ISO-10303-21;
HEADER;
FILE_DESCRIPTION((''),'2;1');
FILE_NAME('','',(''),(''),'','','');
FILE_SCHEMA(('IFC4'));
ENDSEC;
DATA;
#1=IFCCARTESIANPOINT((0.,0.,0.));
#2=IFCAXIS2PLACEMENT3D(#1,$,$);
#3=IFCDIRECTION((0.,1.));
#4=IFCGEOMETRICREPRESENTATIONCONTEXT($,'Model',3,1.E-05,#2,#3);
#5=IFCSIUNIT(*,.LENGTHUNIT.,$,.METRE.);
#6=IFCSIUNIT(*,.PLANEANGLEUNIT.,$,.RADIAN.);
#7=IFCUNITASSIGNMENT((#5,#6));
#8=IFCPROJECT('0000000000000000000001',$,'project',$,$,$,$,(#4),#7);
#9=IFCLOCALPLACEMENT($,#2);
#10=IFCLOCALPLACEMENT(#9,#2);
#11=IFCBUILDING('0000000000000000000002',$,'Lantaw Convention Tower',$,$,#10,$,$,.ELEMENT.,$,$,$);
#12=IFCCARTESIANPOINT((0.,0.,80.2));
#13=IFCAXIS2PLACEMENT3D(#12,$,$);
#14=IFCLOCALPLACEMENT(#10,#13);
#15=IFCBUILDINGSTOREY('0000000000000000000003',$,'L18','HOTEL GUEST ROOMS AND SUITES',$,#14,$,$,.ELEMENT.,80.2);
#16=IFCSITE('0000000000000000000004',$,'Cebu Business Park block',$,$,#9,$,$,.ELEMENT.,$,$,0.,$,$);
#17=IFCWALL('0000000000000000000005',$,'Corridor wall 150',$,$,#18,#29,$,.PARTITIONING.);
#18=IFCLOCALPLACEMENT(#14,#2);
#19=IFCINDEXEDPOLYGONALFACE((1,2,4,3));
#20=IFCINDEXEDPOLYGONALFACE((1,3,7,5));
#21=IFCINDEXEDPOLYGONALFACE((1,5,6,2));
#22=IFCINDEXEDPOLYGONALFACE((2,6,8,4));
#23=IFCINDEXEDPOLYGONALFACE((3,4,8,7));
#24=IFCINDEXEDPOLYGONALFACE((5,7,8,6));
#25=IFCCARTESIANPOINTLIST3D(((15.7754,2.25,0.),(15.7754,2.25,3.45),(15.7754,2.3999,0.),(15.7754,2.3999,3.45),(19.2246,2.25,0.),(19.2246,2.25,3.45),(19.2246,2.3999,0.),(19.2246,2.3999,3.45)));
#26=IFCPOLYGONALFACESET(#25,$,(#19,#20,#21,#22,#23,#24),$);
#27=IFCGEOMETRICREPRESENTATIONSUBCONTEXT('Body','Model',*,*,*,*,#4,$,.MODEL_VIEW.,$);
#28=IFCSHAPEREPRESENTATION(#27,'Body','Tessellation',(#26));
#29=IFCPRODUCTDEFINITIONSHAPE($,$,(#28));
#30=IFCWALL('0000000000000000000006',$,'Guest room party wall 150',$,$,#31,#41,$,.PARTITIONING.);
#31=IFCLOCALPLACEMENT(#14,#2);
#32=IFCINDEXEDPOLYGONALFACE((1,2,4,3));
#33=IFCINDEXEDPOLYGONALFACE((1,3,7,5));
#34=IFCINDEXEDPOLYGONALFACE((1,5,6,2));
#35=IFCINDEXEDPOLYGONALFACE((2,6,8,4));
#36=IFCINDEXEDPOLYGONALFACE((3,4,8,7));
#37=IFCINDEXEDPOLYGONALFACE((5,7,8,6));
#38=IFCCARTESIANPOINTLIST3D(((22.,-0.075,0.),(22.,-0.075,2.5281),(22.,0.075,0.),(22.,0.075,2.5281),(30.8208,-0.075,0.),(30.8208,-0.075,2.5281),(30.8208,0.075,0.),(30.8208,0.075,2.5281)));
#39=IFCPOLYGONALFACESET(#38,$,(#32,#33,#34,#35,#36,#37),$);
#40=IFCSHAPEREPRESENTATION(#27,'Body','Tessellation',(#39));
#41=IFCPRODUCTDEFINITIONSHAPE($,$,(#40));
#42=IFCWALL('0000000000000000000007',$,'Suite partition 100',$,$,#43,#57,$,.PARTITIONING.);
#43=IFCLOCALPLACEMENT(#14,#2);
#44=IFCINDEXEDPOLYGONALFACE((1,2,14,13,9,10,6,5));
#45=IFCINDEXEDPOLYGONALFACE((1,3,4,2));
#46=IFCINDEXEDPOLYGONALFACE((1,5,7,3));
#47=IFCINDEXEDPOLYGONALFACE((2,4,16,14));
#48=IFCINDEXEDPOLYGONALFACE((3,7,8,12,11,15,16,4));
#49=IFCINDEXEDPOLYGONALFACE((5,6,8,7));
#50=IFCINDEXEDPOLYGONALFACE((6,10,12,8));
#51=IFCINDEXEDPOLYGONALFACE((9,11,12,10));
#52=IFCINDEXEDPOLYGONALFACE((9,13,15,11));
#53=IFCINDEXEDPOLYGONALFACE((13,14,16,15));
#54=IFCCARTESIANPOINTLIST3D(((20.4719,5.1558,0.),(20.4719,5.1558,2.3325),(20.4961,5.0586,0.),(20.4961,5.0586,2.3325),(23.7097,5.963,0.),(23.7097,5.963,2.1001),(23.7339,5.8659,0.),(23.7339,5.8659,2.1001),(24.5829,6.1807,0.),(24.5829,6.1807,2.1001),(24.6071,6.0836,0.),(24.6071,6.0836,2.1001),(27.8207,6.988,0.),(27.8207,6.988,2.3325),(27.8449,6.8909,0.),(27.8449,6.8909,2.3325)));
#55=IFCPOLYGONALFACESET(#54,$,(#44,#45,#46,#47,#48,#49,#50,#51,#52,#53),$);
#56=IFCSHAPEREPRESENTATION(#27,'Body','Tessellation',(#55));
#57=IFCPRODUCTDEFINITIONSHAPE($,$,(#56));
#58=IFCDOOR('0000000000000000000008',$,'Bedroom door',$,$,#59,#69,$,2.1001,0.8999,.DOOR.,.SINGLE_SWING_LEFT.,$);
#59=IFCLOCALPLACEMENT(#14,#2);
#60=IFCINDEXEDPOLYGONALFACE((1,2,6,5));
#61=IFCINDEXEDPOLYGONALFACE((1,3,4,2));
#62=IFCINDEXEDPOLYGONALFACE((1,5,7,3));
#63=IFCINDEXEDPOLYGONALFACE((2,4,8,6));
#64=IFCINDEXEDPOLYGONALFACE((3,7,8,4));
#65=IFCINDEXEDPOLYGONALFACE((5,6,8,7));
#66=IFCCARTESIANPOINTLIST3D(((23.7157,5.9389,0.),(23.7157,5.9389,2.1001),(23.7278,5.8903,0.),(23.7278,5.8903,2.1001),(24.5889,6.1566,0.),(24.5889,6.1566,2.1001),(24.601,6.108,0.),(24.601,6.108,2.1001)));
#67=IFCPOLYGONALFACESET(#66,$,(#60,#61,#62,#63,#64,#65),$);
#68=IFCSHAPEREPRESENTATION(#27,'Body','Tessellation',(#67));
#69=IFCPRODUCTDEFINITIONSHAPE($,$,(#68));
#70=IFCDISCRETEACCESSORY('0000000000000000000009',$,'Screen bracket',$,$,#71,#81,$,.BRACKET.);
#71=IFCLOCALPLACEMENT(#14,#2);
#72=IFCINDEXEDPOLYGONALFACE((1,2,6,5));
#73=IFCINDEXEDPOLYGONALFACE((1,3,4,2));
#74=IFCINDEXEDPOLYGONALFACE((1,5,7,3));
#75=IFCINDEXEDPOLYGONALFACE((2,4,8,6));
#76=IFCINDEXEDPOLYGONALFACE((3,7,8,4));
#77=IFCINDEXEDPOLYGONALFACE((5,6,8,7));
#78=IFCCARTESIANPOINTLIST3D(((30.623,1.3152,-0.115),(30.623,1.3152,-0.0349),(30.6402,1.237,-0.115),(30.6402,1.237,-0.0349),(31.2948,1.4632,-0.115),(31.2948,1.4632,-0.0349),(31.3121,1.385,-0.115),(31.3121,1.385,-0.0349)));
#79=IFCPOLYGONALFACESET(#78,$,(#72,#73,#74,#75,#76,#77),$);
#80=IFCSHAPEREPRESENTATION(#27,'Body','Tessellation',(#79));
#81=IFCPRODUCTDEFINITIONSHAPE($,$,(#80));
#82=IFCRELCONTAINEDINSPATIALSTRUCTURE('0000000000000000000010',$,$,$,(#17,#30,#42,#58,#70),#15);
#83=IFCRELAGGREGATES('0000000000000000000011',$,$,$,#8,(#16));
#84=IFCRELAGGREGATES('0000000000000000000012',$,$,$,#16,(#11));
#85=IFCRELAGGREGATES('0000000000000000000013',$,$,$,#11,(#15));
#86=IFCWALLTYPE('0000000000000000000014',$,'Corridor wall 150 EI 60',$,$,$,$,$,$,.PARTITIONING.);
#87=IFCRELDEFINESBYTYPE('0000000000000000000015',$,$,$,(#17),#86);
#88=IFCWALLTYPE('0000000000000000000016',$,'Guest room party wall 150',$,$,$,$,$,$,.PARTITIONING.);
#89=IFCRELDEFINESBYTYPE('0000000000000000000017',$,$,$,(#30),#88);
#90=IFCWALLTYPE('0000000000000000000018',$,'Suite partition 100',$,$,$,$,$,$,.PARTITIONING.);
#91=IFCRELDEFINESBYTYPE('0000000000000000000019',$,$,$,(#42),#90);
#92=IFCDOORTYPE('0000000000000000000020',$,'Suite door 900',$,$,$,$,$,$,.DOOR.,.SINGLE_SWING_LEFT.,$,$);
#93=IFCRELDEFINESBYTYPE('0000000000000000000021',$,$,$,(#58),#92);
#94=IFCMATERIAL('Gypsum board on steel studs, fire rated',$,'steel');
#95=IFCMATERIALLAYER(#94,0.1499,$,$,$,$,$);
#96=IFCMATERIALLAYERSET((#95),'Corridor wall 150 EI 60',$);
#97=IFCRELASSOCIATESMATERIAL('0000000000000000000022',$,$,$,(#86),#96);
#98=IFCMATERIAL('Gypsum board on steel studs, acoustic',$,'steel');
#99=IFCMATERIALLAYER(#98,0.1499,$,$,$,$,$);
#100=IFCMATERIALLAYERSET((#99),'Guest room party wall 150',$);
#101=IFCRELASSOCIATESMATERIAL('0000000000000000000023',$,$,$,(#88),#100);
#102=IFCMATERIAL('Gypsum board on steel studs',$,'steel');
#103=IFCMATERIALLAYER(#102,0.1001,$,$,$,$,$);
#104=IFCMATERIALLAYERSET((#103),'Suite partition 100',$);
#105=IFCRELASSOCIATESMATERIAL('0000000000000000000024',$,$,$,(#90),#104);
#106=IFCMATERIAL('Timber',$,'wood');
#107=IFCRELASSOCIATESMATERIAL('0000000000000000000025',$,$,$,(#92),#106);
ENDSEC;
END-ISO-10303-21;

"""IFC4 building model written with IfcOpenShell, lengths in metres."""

from ifc_helpers import new_model, si_unit, direction, frame, frame_2d, origin, origin_2d, place, context, subcontext, project, spatial, rectangle, extrude, material, layer, layer_set, type_object, element, fill, save


model = new_model("IFC4")

# Units and contexts
model_context = context("Model", 3, precision=1e-05, world=origin(), true_north=direction((0.0, 1.0)))
body_context = subcontext(model_context, "Body", "Model", "MODEL_VIEW")
ifc_project = project(units=[si_unit("LENGTHUNIT", "METRE"), si_unit("PLANEANGLEUNIT", "RADIAN")], contexts=[model_context])

# Site, building, storey
site_placement = place(None, origin())
site = spatial("IfcSite", under=ifc_project, at=site_placement, Name="Cebu Business Park block", CompositionType="ELEMENT", RefElevation=0.0)
building_placement = place(site_placement, origin())
building = spatial("IfcBuilding", under=site, at=building_placement, Name="Lantaw Convention Tower", CompositionType="ELEMENT")
storey_placement = place(building_placement, frame((0.0, 0.0, 80.2)))
storey = spatial("IfcBuildingStorey", under=building, at=storey_placement, Name="L18", Description="HOTEL GUEST ROOMS AND SUITES", CompositionType="ELEMENT", Elevation=80.2)

# Shared definitions
ifc_material_1 = material(Name="Timber", Category="wood")

# Shared definitions
ifc_material_2 = material(Name="Gypsum board on steel studs, fire rated", Category="steel")
ifc_layer_1 = layer(ifc_material_2, 0.1499)
ifc_layer_set_1 = layer_set([ifc_layer_1], Name="Corridor wall 150 EI 60")
wall_type_1 = type_object("IfcWallType", Name="Corridor wall 150 EI 60", PredefinedType="PARTITIONING", material=ifc_layer_set_1)

# Walls
wall_1_placement = place(storey_placement, frame((15.7754, 2.325, 0.0), z_axis=(0.0, 0.0, 1.0), x_axis=(1.0, 0.0, 0.0)))
element("IfcWall", 1, at=wall_1_placement, inside=storey, type_object=wall_type_1, Name="Corridor wall 150", PredefinedType="PARTITIONING", context=body_context, shape_type="SweptSolid", body=[
    extrude(rectangle(XDim=3.4492, YDim=0.1499, at=frame_2d((1.7246, 0.0))), origin(), (0.0, 0.0, 1.0), 3.45),
])
ifc_material_3 = material(Name="Gypsum board on steel studs, acoustic", Category="steel")
ifc_layer_2 = layer(ifc_material_3, 0.1499)
ifc_layer_set_2 = layer_set([ifc_layer_2], Name="Guest room party wall 150")
wall_type_2 = type_object("IfcWallType", Name="Guest room party wall 150", PredefinedType="PARTITIONING", material=ifc_layer_set_2)
wall_2_placement = place(storey_placement, frame((30.8208, 0.0, 0.0), z_axis=(0.0, 0.0, 1.0), x_axis=(-1.0, 0.0, 0.0)))
element("IfcWall", 2, at=wall_2_placement, inside=storey, type_object=wall_type_2, Name="Guest room party wall 150", PredefinedType="PARTITIONING", context=body_context, shape_type="SweptSolid", body=[
    extrude(rectangle(XDim=8.8208, YDim=0.1499, at=frame_2d((4.4104, 0.0))), origin(), (0.0, 0.0, 1.0), 2.5281),
])

# Wall, opening, door
ifc_material_4 = material(Name="Gypsum board on steel studs", Category="steel")
ifc_layer_3 = layer(ifc_material_4, 0.1001)
ifc_layer_set_3 = layer_set([ifc_layer_3], Name="Suite partition 100")
wall_type_3 = type_object("IfcWallType", Name="Suite partition 100", PredefinedType="PARTITIONING", material=ifc_layer_set_3)
wall_3_placement = place(storey_placement, frame((27.8328, 6.9395, 0.0), z_axis=(0.0, 0.0, 1.0), x_axis=(-0.970296, -0.241921, 0.0)))
wall_3 = element("IfcWall", 3, at=wall_3_placement, inside=storey, type_object=wall_type_3, Name="Suite partition 100", PredefinedType="PARTITIONING", context=body_context, shape_type="SweptSolid", body=[
    extrude(rectangle(XDim=7.5737, YDim=0.1001, at=frame_2d((3.7869, 0.0))), origin(), (0.0, 0.0, 1.0), 2.3325),
])
opening_1_placement = place(wall_3_placement, frame((3.3369, 0.0, 0.0)))
opening_1 = element("IfcOpeningElement", 4, at=opening_1_placement, cuts=wall_3, PredefinedType="OPENING", context=body_context, shape_type="SweptSolid", body=[
    extrude(rectangle(XDim=0.8999, YDim=2.1001, at=frame_2d((0.45, 1.05))), frame((0.0, 0.0601, 0.0), z_axis=(0.0, -1.0, 0.0), x_axis=(1.0, 0.0, 0.0)), (0.0, 0.0, 1.0), 0.1201),
])
door_type_1 = type_object("IfcDoorType", Name="Suite door 900", OperationType="SINGLE_SWING_LEFT", PredefinedType="DOOR", material=ifc_material_1)
door_1_placement = place(opening_1_placement, origin())
door_1 = element("IfcDoor", 5, at=door_1_placement, inside=storey, type_object=door_type_1, Name="Bedroom door", OperationType="SINGLE_SWING_LEFT", OverallHeight=2.1001, OverallWidth=0.8999, PredefinedType="DOOR", context=body_context, shape_type="SweptSolid", body=[
    extrude(rectangle(XDim=0.8999, YDim=2.1001, at=frame_2d((0.45, 1.05))), frame((0.0, 0.0249, 0.0), z_axis=(0.0, -1.0, 0.0), x_axis=(1.0, 0.0, 0.0)), (0.0, 0.0, 1.0), 0.05),
])
fill(opening_1, door_1)

# Discrete accessory
discrete_accessory_placement = place(storey_placement, frame((30.9675, 1.3501, -0.115), z_axis=(0.0, 0.0, 1.0), x_axis=(-0.215246, 0.97656, 0.0)))
element("IfcDiscreteAccessory", 6, at=discrete_accessory_placement, inside=storey, Name="Screen bracket", PredefinedType="BRACKET", context=body_context, shape_type="SweptSolid", body=[
    extrude(rectangle(XDim=0.0801, YDim=0.688, at=origin_2d()), origin(), (0.0, 0.0, 1.0), 0.0801),
])

save(model, "model.ifc")
